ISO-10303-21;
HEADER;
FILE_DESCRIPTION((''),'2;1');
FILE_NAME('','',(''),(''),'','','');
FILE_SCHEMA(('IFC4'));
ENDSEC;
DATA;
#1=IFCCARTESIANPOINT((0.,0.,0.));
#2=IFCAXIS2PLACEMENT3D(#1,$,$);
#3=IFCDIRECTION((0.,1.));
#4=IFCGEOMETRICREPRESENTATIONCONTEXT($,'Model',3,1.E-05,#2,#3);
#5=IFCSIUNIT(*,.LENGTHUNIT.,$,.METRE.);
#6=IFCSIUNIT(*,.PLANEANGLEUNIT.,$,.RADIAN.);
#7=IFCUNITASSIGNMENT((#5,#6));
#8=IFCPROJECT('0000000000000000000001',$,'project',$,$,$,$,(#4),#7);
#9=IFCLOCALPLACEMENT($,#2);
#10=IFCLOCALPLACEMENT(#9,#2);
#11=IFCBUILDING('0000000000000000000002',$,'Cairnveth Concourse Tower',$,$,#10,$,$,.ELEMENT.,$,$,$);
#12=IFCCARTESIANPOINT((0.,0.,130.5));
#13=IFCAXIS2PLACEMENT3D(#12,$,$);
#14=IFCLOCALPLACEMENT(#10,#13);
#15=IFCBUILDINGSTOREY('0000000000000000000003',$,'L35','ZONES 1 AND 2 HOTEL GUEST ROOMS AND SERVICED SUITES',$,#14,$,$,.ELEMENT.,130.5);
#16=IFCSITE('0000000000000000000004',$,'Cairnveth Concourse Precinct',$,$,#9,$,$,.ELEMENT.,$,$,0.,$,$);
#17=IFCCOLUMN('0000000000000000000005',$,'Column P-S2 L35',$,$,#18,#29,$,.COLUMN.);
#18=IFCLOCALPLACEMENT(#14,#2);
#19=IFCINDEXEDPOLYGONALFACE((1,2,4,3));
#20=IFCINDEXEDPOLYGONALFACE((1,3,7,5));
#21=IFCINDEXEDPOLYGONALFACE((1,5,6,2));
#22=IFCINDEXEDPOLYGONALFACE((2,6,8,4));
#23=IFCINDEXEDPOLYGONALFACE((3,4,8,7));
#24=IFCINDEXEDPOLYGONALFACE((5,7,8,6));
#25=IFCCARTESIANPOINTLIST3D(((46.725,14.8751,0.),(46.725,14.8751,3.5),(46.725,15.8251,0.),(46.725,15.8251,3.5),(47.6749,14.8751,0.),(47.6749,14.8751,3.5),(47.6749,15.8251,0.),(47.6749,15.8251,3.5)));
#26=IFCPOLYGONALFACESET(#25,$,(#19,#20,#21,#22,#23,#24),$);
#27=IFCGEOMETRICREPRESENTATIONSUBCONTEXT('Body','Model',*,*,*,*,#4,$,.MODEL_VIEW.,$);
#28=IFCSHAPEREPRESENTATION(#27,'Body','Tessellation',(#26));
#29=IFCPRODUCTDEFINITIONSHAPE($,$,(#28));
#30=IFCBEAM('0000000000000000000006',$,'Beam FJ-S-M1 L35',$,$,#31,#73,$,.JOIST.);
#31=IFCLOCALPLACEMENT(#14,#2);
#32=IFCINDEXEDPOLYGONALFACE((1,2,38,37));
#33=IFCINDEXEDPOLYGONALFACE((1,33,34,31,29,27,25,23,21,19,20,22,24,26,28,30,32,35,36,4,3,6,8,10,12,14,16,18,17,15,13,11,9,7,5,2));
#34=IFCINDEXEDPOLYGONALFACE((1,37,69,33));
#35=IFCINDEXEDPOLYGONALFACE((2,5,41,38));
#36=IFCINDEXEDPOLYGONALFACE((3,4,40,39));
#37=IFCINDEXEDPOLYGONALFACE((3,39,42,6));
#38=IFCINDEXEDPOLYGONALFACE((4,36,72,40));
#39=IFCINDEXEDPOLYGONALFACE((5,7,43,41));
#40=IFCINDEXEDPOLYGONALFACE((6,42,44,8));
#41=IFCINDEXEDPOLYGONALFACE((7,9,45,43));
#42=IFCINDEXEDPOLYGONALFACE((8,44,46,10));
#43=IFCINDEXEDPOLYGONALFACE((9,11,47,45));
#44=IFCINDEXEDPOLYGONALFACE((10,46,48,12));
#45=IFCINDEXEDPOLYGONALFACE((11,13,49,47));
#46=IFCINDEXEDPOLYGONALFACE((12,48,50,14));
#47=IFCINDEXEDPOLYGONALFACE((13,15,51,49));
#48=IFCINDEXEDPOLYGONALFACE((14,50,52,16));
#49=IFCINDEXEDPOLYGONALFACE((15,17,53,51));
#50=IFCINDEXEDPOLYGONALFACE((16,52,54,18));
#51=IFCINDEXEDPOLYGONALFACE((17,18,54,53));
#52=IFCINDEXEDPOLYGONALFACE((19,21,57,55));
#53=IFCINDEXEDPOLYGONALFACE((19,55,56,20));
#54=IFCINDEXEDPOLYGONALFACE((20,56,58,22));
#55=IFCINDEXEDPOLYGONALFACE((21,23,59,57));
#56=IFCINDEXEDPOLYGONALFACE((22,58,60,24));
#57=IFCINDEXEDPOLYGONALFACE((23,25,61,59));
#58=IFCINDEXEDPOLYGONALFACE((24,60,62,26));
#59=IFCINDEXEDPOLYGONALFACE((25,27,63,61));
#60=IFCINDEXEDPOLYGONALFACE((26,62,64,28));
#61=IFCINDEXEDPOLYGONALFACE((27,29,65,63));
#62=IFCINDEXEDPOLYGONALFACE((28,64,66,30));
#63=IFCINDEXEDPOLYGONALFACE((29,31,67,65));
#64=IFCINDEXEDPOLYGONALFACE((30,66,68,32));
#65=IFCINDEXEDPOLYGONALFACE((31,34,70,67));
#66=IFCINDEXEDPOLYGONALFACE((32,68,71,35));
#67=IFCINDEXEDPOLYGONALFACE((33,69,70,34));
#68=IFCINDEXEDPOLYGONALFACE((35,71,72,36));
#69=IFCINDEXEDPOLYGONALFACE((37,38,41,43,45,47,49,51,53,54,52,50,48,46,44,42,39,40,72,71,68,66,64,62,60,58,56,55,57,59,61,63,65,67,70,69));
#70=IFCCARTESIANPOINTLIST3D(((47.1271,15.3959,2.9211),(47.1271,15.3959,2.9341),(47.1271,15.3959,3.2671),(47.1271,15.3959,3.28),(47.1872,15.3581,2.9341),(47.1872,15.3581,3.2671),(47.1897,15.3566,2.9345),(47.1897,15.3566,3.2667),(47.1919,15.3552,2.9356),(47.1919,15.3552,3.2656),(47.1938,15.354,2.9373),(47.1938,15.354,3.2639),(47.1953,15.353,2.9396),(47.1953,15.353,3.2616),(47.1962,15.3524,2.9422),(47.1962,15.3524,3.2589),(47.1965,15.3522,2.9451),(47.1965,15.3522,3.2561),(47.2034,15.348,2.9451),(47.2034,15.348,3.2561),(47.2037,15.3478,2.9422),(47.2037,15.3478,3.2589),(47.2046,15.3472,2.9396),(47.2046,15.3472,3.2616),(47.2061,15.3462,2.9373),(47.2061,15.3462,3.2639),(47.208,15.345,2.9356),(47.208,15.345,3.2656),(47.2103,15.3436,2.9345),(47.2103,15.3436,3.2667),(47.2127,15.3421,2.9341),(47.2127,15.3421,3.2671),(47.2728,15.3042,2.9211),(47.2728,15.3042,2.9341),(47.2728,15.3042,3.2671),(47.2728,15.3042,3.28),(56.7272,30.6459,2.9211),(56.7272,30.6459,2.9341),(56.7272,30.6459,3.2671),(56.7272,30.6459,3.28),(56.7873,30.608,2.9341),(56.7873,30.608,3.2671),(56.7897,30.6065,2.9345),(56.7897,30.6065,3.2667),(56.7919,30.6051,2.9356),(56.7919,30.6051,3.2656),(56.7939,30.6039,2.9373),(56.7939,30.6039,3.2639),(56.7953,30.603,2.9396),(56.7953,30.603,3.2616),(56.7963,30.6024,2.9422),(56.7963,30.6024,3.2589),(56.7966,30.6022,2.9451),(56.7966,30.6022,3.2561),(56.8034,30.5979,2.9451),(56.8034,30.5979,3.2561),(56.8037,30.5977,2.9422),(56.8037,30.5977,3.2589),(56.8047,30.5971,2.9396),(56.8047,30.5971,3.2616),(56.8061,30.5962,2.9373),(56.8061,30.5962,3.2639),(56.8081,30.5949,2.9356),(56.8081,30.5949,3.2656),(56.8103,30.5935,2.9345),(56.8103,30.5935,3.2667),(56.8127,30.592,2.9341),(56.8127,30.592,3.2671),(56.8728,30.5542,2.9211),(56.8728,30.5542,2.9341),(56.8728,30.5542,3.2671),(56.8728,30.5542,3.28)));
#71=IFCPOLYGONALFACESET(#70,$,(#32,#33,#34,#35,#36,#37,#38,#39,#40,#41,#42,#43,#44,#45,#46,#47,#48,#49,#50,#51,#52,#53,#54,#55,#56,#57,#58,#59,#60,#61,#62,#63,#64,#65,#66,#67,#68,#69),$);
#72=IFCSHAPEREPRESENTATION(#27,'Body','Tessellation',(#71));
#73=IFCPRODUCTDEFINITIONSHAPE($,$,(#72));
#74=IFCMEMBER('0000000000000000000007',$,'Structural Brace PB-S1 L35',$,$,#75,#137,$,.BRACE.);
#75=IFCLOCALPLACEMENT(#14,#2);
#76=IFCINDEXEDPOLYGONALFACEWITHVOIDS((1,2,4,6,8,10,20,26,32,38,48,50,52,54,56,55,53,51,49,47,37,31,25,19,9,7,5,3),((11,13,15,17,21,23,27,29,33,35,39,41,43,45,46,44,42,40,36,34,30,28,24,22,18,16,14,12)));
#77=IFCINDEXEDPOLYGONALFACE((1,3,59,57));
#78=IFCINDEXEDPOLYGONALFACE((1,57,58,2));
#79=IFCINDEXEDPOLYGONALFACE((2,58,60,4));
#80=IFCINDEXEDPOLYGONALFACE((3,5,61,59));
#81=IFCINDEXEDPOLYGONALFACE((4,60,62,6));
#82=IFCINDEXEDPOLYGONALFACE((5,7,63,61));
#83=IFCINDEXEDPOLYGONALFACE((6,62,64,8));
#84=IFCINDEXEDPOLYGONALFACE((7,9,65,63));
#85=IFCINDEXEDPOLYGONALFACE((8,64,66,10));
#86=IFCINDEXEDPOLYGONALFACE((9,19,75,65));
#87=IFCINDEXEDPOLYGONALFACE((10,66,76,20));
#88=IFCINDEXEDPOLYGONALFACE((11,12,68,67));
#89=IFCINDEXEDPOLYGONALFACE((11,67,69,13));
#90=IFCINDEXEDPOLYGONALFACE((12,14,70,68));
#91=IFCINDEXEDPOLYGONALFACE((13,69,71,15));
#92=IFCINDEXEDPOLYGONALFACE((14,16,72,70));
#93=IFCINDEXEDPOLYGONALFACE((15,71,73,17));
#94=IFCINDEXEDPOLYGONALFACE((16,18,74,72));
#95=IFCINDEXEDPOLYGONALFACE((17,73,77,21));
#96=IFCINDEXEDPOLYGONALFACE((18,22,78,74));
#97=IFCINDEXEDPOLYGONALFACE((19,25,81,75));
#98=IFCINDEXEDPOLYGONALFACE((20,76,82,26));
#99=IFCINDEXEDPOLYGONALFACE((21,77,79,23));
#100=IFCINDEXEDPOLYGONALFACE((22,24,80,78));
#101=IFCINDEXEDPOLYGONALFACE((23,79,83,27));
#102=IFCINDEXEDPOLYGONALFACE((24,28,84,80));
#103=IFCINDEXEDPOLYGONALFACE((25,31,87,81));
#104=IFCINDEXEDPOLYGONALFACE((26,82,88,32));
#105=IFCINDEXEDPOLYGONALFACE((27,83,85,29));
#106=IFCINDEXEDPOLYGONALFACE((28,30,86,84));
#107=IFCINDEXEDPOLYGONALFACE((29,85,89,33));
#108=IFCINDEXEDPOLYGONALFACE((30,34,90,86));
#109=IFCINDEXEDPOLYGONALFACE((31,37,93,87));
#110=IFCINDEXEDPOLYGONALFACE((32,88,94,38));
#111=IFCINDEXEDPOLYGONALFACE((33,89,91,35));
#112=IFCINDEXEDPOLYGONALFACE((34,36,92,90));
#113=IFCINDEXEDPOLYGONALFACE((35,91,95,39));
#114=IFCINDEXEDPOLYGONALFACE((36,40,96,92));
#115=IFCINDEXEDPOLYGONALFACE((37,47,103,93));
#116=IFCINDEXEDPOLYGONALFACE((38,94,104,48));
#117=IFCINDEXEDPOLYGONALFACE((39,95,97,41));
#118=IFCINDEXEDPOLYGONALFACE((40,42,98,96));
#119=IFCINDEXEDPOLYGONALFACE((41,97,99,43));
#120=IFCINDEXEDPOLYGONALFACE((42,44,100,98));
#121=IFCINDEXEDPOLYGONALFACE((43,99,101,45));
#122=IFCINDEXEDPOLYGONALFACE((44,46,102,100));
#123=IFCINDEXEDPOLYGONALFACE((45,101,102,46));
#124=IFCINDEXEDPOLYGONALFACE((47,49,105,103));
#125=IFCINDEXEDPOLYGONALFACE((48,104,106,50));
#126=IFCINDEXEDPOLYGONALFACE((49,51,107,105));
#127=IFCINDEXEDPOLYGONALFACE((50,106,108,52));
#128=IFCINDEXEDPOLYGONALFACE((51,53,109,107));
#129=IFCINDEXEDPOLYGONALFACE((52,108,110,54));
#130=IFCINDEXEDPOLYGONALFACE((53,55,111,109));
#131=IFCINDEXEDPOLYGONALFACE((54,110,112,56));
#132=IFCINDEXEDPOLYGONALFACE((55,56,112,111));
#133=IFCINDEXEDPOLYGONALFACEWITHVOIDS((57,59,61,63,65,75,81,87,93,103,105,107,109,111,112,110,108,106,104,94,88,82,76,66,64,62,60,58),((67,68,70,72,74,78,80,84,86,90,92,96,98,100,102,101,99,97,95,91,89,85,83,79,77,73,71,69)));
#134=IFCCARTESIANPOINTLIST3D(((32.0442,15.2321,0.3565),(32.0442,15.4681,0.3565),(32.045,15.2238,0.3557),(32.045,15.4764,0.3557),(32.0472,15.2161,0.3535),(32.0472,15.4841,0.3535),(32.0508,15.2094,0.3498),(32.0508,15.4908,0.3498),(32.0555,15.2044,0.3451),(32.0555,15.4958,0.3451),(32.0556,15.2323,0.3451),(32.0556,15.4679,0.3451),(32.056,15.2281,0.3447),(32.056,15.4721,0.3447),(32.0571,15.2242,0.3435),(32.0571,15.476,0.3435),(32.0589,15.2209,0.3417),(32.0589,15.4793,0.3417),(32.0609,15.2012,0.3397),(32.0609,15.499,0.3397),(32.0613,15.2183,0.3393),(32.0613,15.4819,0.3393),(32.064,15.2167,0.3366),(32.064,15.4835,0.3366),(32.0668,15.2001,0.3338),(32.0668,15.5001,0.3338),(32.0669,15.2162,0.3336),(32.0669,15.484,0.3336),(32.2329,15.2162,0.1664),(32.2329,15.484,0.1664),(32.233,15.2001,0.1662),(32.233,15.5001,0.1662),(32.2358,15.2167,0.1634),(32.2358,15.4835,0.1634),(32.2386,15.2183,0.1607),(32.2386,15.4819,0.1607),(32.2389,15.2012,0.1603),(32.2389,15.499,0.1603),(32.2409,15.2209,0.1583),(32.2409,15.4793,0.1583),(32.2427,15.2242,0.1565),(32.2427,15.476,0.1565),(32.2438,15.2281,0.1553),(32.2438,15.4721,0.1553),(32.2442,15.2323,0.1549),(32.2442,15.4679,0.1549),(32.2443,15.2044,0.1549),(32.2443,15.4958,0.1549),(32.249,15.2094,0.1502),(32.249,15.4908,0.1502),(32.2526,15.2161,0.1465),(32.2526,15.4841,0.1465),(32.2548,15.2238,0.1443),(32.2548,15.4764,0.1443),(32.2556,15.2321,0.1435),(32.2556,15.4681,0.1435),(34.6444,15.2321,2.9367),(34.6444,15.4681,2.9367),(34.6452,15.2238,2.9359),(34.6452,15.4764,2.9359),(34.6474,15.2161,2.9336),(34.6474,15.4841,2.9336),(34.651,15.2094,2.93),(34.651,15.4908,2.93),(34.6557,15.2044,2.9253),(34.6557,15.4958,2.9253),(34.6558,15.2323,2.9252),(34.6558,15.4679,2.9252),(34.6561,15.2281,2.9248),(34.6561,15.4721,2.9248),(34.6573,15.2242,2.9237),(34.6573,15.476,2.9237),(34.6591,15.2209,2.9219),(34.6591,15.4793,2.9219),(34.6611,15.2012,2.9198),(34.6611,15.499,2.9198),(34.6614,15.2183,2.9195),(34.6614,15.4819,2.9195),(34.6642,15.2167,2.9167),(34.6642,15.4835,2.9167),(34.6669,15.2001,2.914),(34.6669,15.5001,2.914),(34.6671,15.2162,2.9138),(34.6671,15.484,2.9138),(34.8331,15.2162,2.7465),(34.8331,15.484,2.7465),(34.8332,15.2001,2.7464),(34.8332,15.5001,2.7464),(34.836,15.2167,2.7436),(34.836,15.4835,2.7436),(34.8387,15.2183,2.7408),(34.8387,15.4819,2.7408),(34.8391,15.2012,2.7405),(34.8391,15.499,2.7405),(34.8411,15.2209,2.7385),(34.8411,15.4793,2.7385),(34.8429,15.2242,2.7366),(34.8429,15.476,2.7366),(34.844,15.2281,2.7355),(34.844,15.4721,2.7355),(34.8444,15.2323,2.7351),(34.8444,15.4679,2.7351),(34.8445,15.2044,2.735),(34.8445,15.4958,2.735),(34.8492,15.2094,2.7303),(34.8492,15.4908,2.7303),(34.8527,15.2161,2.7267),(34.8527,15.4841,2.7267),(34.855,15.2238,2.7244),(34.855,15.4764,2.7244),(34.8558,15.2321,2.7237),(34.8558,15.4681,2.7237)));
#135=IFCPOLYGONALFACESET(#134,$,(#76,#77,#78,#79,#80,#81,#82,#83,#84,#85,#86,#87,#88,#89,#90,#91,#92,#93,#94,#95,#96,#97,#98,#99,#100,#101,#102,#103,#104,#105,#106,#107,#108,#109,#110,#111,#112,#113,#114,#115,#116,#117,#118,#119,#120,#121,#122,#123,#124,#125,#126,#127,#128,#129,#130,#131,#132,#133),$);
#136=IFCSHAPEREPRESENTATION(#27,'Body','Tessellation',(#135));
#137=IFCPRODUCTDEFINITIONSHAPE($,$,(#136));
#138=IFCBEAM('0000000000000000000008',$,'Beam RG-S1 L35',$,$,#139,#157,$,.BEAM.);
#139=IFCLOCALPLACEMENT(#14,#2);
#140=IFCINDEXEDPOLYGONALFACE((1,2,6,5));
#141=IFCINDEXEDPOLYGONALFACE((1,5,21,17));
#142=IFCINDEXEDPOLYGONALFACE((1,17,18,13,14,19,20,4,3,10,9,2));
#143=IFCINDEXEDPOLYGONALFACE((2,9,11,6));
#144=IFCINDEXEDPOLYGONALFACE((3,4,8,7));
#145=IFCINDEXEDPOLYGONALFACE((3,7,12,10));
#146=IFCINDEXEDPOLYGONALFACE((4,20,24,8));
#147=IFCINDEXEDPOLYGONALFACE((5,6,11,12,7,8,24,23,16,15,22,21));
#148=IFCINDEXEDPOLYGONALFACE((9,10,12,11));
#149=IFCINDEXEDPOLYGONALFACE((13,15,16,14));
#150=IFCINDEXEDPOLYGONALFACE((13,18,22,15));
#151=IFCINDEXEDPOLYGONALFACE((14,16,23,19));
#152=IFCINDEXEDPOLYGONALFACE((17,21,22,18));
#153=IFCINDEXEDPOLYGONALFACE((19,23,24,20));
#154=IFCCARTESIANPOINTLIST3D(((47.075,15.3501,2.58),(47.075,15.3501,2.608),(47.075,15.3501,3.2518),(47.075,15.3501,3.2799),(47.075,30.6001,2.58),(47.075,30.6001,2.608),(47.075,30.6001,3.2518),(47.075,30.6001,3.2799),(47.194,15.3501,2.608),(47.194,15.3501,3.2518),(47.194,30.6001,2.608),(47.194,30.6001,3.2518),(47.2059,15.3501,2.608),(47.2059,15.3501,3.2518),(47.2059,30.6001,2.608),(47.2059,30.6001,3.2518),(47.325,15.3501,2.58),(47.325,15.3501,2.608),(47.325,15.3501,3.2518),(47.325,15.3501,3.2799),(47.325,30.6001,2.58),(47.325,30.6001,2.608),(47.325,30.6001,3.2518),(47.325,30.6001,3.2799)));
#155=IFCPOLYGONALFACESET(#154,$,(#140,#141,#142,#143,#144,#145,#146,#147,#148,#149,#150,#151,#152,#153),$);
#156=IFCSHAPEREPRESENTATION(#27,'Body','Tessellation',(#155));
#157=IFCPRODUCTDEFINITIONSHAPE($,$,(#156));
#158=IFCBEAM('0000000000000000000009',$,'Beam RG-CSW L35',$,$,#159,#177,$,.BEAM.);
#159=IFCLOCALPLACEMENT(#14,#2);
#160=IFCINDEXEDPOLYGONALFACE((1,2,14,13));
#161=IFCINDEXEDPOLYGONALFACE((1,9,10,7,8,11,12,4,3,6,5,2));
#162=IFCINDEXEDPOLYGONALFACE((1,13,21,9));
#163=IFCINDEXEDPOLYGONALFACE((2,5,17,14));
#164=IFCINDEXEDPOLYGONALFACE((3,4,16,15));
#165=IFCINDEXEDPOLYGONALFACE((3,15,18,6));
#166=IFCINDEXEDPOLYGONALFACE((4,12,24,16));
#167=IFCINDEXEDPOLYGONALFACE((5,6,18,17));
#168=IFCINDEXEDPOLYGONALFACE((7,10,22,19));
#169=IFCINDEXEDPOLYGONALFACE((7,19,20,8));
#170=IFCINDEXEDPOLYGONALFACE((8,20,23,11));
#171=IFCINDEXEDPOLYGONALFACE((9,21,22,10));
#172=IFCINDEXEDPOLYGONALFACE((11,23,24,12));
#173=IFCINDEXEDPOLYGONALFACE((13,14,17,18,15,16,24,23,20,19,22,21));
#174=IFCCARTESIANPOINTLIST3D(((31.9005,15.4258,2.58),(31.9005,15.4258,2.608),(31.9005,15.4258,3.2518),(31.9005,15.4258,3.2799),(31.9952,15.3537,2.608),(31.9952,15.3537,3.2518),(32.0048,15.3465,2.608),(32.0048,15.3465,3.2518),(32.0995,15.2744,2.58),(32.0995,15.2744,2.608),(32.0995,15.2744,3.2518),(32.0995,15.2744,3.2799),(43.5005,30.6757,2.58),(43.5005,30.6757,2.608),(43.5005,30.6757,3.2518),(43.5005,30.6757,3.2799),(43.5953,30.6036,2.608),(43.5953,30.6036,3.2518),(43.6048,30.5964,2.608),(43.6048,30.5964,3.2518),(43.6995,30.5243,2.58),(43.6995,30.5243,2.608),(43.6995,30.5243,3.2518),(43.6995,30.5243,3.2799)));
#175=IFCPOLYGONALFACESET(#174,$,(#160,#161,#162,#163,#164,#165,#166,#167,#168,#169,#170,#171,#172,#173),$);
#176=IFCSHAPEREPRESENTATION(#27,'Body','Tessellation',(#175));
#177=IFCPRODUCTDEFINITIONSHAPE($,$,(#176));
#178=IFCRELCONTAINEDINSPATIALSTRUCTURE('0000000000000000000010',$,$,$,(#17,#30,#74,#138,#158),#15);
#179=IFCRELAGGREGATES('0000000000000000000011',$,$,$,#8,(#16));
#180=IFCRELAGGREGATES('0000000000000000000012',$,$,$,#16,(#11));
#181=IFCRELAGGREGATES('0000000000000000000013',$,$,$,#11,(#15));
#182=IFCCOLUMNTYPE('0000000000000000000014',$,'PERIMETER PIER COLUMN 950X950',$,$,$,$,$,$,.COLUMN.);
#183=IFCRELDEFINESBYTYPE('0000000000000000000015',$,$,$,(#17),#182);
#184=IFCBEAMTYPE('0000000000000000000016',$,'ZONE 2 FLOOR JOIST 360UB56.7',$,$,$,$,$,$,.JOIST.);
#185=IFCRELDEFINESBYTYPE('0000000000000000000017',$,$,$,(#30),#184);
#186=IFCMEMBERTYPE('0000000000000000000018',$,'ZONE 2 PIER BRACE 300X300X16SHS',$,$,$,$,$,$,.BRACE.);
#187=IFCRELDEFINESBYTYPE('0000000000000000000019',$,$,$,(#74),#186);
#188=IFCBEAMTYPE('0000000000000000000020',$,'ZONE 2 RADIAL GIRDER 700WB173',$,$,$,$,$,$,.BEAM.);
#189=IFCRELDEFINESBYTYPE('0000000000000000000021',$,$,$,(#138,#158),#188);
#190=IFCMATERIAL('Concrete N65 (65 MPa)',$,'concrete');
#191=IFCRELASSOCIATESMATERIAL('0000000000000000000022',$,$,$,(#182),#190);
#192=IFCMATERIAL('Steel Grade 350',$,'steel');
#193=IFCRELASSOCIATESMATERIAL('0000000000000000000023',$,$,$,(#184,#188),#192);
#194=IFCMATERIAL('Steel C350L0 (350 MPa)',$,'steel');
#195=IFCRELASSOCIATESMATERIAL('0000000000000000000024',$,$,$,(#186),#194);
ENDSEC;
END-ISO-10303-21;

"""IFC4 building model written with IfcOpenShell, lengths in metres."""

from ifc_helpers import new_model, si_unit, direction, frame, origin, origin_2d, place, context, subcontext, project, spatial, rectangle, hollow_rectangle, i_section, extrude, material, material_profile, profile_set, type_object, element, save


model = new_model("IFC4")

# Units and contexts
model_context = context("Model", 3, precision=1e-05, world=origin(), true_north=direction((0.0, 1.0)))
body_context = subcontext(model_context, "Body", "Model", "MODEL_VIEW")
ifc_project = project(units=[si_unit("LENGTHUNIT", "METRE"), si_unit("PLANEANGLEUNIT", "RADIAN")], contexts=[model_context])

# Site, building, storey
site_placement = place(None, origin())
site = spatial("IfcSite", under=ifc_project, at=site_placement, Name="Cairnveth Concourse Precinct", CompositionType="ELEMENT", RefElevation=0.0)
building_placement = place(site_placement, origin())
building = spatial("IfcBuilding", under=site, at=building_placement, Name="Cairnveth Concourse Tower", CompositionType="ELEMENT")
storey_placement = place(building_placement, frame((0.0, 0.0, 130.5)))
storey = spatial("IfcBuildingStorey", under=building, at=storey_placement, Name="L35", Description="ZONES 1 AND 2 HOTEL GUEST ROOMS AND SERVICED SUITES", CompositionType="ELEMENT", Elevation=130.5)

# Column
ifc_material_1 = material(Name="Concrete N65 (65 MPa)", Category="concrete")
ifc_material_profile_1 = material_profile(ifc_material_1, rectangle(XDim=0.95, YDim=0.95, at=origin_2d()), Name="RC-COL-950x950")
ifc_profile_set_1 = profile_set([ifc_material_profile_1], Name="Concrete N65 (65 MPa)")
column_type = type_object("IfcColumnType", Name="PERIMETER PIER COLUMN 950X950", PredefinedType="COLUMN", material=ifc_profile_set_1)
column_placement = place(storey_placement, frame((47.2, 15.3501, 0.0), z_axis=(0.0, 0.0, 1.0), x_axis=(1.0, 0.0, 0.0)))
element("IfcColumn", 1, at=column_placement, inside=storey, type_object=column_type, Name="Column P-S2 L35", PredefinedType="COLUMN", context=body_context, shape_type="SweptSolid", body=[
    extrude(rectangle(XDim=0.95, YDim=0.95, at=origin_2d()), origin(), (0.0, 0.0, 1.0), 3.5),
])

# Beam
ifc_material_2 = material(Name="Steel Grade 350", Category="steel")
ifc_material_profile_2 = material_profile(ifc_material_2, i_section(OverallWidth=0.1721, OverallDepth=0.3589, WebThickness=0.0081, FlangeThickness=0.0129, FilletRadius=0.011, at=origin_2d()), Name="360UB56.7")
ifc_profile_set_2 = profile_set([ifc_material_profile_2], Name="Steel Grade 350")
beam_type_1 = type_object("IfcBeamType", Name="ZONE 2 FLOOR JOIST 360UB56.7", PredefinedType="JOIST", material=ifc_profile_set_2)
beam_1_placement = place(storey_placement, frame((47.2, 15.3501, 3.1006), z_axis=(0.532744, 0.846277, 0.0), x_axis=(-0.846277, 0.532744, 0.0)))
element("IfcBeam", 2, at=beam_1_placement, inside=storey, type_object=beam_type_1, Name="Beam FJ-S-M1 L35", PredefinedType="JOIST", context=body_context, shape_type="SweptSolid", body=[
    extrude(i_section(OverallWidth=0.1721, OverallDepth=0.3589, WebThickness=0.0081, FlangeThickness=0.0129, FilletRadius=0.011, at=origin_2d()), origin(), (0.0, 0.0, 1.0), 18.02),
])

# Member
ifc_material_3 = material(Name="Steel C350L0 (350 MPa)", Category="steel")
ifc_material_profile_3 = material_profile(ifc_material_3, hollow_rectangle(XDim=0.3, YDim=0.3, WallThickness=0.0161, InnerFilletRadius=0.0161, OuterFilletRadius=0.032, at=origin_2d()), Name="300x300x16.0SHS")
ifc_profile_set_3 = profile_set([ifc_material_profile_3], Name="Steel C350L0 (350 MPa)")
member_type = type_object("IfcMemberType", Name="ZONE 2 PIER BRACE 300X300X16SHS", PredefinedType="BRACE", material=ifc_profile_set_3)
member_placement = place(storey_placement, frame((32.1499, 15.3501, 0.25), z_axis=(0.709834, 0.0, 0.704369), x_axis=(0.0, 1.0, 0.0)))
element("IfcMember", 3, at=member_placement, inside=storey, type_object=member_type, Name="Structural Brace PB-S1 L35", PredefinedType="BRACE", context=body_context, shape_type="SweptSolid", body=[
    extrude(hollow_rectangle(XDim=0.3, YDim=0.3, WallThickness=0.0161, InnerFilletRadius=0.0161, OuterFilletRadius=0.032, at=origin_2d()), origin(), (0.0, 0.0, 1.0), 3.6631),
])

# Beams
ifc_material_profile_4 = material_profile(ifc_material_2, i_section(OverallWidth=0.25, OverallDepth=0.7, WebThickness=0.012, FlangeThickness=0.0281, at=origin_2d()), Name="700WB173")
ifc_profile_set_4 = profile_set([ifc_material_profile_4], Name="Steel Grade 350")
beam_type_2 = type_object("IfcBeamType", Name="ZONE 2 RADIAL GIRDER 700WB173", PredefinedType="BEAM", material=ifc_profile_set_4)
beam_2_placement = place(storey_placement, frame((47.2, 15.3501, 2.9299), z_axis=(0.0, 1.0, 0.0), x_axis=(-1.0, 0.0, 0.0)))
element("IfcBeam", 4, at=beam_2_placement, inside=storey, type_object=beam_type_2, Name="Beam RG-S1 L35", PredefinedType="BEAM", context=body_context, shape_type="SweptSolid", body=[
    extrude(i_section(OverallWidth=0.25, OverallDepth=0.7, WebThickness=0.012, FlangeThickness=0.0281, at=origin_2d()), origin(), (0.0, 0.0, 1.0), 15.25),
])
beam_3_placement = place(storey_placement, frame((32.0, 15.3501, 2.9299), z_axis=(0.605417, 0.795908, 0.0), x_axis=(-0.795908, 0.605417, 0.0)))
element("IfcBeam", 5, at=beam_3_placement, inside=storey, type_object=beam_type_2, Name="Beam RG-CSW L35", PredefinedType="BEAM", context=body_context, shape_type="SweptSolid", body=[
    extrude(i_section(OverallWidth=0.25, OverallDepth=0.7, WebThickness=0.012, FlangeThickness=0.0281, at=origin_2d()), origin(), (0.0, 0.0, 1.0), 19.1604),
])

save(model, "model.ifc")
